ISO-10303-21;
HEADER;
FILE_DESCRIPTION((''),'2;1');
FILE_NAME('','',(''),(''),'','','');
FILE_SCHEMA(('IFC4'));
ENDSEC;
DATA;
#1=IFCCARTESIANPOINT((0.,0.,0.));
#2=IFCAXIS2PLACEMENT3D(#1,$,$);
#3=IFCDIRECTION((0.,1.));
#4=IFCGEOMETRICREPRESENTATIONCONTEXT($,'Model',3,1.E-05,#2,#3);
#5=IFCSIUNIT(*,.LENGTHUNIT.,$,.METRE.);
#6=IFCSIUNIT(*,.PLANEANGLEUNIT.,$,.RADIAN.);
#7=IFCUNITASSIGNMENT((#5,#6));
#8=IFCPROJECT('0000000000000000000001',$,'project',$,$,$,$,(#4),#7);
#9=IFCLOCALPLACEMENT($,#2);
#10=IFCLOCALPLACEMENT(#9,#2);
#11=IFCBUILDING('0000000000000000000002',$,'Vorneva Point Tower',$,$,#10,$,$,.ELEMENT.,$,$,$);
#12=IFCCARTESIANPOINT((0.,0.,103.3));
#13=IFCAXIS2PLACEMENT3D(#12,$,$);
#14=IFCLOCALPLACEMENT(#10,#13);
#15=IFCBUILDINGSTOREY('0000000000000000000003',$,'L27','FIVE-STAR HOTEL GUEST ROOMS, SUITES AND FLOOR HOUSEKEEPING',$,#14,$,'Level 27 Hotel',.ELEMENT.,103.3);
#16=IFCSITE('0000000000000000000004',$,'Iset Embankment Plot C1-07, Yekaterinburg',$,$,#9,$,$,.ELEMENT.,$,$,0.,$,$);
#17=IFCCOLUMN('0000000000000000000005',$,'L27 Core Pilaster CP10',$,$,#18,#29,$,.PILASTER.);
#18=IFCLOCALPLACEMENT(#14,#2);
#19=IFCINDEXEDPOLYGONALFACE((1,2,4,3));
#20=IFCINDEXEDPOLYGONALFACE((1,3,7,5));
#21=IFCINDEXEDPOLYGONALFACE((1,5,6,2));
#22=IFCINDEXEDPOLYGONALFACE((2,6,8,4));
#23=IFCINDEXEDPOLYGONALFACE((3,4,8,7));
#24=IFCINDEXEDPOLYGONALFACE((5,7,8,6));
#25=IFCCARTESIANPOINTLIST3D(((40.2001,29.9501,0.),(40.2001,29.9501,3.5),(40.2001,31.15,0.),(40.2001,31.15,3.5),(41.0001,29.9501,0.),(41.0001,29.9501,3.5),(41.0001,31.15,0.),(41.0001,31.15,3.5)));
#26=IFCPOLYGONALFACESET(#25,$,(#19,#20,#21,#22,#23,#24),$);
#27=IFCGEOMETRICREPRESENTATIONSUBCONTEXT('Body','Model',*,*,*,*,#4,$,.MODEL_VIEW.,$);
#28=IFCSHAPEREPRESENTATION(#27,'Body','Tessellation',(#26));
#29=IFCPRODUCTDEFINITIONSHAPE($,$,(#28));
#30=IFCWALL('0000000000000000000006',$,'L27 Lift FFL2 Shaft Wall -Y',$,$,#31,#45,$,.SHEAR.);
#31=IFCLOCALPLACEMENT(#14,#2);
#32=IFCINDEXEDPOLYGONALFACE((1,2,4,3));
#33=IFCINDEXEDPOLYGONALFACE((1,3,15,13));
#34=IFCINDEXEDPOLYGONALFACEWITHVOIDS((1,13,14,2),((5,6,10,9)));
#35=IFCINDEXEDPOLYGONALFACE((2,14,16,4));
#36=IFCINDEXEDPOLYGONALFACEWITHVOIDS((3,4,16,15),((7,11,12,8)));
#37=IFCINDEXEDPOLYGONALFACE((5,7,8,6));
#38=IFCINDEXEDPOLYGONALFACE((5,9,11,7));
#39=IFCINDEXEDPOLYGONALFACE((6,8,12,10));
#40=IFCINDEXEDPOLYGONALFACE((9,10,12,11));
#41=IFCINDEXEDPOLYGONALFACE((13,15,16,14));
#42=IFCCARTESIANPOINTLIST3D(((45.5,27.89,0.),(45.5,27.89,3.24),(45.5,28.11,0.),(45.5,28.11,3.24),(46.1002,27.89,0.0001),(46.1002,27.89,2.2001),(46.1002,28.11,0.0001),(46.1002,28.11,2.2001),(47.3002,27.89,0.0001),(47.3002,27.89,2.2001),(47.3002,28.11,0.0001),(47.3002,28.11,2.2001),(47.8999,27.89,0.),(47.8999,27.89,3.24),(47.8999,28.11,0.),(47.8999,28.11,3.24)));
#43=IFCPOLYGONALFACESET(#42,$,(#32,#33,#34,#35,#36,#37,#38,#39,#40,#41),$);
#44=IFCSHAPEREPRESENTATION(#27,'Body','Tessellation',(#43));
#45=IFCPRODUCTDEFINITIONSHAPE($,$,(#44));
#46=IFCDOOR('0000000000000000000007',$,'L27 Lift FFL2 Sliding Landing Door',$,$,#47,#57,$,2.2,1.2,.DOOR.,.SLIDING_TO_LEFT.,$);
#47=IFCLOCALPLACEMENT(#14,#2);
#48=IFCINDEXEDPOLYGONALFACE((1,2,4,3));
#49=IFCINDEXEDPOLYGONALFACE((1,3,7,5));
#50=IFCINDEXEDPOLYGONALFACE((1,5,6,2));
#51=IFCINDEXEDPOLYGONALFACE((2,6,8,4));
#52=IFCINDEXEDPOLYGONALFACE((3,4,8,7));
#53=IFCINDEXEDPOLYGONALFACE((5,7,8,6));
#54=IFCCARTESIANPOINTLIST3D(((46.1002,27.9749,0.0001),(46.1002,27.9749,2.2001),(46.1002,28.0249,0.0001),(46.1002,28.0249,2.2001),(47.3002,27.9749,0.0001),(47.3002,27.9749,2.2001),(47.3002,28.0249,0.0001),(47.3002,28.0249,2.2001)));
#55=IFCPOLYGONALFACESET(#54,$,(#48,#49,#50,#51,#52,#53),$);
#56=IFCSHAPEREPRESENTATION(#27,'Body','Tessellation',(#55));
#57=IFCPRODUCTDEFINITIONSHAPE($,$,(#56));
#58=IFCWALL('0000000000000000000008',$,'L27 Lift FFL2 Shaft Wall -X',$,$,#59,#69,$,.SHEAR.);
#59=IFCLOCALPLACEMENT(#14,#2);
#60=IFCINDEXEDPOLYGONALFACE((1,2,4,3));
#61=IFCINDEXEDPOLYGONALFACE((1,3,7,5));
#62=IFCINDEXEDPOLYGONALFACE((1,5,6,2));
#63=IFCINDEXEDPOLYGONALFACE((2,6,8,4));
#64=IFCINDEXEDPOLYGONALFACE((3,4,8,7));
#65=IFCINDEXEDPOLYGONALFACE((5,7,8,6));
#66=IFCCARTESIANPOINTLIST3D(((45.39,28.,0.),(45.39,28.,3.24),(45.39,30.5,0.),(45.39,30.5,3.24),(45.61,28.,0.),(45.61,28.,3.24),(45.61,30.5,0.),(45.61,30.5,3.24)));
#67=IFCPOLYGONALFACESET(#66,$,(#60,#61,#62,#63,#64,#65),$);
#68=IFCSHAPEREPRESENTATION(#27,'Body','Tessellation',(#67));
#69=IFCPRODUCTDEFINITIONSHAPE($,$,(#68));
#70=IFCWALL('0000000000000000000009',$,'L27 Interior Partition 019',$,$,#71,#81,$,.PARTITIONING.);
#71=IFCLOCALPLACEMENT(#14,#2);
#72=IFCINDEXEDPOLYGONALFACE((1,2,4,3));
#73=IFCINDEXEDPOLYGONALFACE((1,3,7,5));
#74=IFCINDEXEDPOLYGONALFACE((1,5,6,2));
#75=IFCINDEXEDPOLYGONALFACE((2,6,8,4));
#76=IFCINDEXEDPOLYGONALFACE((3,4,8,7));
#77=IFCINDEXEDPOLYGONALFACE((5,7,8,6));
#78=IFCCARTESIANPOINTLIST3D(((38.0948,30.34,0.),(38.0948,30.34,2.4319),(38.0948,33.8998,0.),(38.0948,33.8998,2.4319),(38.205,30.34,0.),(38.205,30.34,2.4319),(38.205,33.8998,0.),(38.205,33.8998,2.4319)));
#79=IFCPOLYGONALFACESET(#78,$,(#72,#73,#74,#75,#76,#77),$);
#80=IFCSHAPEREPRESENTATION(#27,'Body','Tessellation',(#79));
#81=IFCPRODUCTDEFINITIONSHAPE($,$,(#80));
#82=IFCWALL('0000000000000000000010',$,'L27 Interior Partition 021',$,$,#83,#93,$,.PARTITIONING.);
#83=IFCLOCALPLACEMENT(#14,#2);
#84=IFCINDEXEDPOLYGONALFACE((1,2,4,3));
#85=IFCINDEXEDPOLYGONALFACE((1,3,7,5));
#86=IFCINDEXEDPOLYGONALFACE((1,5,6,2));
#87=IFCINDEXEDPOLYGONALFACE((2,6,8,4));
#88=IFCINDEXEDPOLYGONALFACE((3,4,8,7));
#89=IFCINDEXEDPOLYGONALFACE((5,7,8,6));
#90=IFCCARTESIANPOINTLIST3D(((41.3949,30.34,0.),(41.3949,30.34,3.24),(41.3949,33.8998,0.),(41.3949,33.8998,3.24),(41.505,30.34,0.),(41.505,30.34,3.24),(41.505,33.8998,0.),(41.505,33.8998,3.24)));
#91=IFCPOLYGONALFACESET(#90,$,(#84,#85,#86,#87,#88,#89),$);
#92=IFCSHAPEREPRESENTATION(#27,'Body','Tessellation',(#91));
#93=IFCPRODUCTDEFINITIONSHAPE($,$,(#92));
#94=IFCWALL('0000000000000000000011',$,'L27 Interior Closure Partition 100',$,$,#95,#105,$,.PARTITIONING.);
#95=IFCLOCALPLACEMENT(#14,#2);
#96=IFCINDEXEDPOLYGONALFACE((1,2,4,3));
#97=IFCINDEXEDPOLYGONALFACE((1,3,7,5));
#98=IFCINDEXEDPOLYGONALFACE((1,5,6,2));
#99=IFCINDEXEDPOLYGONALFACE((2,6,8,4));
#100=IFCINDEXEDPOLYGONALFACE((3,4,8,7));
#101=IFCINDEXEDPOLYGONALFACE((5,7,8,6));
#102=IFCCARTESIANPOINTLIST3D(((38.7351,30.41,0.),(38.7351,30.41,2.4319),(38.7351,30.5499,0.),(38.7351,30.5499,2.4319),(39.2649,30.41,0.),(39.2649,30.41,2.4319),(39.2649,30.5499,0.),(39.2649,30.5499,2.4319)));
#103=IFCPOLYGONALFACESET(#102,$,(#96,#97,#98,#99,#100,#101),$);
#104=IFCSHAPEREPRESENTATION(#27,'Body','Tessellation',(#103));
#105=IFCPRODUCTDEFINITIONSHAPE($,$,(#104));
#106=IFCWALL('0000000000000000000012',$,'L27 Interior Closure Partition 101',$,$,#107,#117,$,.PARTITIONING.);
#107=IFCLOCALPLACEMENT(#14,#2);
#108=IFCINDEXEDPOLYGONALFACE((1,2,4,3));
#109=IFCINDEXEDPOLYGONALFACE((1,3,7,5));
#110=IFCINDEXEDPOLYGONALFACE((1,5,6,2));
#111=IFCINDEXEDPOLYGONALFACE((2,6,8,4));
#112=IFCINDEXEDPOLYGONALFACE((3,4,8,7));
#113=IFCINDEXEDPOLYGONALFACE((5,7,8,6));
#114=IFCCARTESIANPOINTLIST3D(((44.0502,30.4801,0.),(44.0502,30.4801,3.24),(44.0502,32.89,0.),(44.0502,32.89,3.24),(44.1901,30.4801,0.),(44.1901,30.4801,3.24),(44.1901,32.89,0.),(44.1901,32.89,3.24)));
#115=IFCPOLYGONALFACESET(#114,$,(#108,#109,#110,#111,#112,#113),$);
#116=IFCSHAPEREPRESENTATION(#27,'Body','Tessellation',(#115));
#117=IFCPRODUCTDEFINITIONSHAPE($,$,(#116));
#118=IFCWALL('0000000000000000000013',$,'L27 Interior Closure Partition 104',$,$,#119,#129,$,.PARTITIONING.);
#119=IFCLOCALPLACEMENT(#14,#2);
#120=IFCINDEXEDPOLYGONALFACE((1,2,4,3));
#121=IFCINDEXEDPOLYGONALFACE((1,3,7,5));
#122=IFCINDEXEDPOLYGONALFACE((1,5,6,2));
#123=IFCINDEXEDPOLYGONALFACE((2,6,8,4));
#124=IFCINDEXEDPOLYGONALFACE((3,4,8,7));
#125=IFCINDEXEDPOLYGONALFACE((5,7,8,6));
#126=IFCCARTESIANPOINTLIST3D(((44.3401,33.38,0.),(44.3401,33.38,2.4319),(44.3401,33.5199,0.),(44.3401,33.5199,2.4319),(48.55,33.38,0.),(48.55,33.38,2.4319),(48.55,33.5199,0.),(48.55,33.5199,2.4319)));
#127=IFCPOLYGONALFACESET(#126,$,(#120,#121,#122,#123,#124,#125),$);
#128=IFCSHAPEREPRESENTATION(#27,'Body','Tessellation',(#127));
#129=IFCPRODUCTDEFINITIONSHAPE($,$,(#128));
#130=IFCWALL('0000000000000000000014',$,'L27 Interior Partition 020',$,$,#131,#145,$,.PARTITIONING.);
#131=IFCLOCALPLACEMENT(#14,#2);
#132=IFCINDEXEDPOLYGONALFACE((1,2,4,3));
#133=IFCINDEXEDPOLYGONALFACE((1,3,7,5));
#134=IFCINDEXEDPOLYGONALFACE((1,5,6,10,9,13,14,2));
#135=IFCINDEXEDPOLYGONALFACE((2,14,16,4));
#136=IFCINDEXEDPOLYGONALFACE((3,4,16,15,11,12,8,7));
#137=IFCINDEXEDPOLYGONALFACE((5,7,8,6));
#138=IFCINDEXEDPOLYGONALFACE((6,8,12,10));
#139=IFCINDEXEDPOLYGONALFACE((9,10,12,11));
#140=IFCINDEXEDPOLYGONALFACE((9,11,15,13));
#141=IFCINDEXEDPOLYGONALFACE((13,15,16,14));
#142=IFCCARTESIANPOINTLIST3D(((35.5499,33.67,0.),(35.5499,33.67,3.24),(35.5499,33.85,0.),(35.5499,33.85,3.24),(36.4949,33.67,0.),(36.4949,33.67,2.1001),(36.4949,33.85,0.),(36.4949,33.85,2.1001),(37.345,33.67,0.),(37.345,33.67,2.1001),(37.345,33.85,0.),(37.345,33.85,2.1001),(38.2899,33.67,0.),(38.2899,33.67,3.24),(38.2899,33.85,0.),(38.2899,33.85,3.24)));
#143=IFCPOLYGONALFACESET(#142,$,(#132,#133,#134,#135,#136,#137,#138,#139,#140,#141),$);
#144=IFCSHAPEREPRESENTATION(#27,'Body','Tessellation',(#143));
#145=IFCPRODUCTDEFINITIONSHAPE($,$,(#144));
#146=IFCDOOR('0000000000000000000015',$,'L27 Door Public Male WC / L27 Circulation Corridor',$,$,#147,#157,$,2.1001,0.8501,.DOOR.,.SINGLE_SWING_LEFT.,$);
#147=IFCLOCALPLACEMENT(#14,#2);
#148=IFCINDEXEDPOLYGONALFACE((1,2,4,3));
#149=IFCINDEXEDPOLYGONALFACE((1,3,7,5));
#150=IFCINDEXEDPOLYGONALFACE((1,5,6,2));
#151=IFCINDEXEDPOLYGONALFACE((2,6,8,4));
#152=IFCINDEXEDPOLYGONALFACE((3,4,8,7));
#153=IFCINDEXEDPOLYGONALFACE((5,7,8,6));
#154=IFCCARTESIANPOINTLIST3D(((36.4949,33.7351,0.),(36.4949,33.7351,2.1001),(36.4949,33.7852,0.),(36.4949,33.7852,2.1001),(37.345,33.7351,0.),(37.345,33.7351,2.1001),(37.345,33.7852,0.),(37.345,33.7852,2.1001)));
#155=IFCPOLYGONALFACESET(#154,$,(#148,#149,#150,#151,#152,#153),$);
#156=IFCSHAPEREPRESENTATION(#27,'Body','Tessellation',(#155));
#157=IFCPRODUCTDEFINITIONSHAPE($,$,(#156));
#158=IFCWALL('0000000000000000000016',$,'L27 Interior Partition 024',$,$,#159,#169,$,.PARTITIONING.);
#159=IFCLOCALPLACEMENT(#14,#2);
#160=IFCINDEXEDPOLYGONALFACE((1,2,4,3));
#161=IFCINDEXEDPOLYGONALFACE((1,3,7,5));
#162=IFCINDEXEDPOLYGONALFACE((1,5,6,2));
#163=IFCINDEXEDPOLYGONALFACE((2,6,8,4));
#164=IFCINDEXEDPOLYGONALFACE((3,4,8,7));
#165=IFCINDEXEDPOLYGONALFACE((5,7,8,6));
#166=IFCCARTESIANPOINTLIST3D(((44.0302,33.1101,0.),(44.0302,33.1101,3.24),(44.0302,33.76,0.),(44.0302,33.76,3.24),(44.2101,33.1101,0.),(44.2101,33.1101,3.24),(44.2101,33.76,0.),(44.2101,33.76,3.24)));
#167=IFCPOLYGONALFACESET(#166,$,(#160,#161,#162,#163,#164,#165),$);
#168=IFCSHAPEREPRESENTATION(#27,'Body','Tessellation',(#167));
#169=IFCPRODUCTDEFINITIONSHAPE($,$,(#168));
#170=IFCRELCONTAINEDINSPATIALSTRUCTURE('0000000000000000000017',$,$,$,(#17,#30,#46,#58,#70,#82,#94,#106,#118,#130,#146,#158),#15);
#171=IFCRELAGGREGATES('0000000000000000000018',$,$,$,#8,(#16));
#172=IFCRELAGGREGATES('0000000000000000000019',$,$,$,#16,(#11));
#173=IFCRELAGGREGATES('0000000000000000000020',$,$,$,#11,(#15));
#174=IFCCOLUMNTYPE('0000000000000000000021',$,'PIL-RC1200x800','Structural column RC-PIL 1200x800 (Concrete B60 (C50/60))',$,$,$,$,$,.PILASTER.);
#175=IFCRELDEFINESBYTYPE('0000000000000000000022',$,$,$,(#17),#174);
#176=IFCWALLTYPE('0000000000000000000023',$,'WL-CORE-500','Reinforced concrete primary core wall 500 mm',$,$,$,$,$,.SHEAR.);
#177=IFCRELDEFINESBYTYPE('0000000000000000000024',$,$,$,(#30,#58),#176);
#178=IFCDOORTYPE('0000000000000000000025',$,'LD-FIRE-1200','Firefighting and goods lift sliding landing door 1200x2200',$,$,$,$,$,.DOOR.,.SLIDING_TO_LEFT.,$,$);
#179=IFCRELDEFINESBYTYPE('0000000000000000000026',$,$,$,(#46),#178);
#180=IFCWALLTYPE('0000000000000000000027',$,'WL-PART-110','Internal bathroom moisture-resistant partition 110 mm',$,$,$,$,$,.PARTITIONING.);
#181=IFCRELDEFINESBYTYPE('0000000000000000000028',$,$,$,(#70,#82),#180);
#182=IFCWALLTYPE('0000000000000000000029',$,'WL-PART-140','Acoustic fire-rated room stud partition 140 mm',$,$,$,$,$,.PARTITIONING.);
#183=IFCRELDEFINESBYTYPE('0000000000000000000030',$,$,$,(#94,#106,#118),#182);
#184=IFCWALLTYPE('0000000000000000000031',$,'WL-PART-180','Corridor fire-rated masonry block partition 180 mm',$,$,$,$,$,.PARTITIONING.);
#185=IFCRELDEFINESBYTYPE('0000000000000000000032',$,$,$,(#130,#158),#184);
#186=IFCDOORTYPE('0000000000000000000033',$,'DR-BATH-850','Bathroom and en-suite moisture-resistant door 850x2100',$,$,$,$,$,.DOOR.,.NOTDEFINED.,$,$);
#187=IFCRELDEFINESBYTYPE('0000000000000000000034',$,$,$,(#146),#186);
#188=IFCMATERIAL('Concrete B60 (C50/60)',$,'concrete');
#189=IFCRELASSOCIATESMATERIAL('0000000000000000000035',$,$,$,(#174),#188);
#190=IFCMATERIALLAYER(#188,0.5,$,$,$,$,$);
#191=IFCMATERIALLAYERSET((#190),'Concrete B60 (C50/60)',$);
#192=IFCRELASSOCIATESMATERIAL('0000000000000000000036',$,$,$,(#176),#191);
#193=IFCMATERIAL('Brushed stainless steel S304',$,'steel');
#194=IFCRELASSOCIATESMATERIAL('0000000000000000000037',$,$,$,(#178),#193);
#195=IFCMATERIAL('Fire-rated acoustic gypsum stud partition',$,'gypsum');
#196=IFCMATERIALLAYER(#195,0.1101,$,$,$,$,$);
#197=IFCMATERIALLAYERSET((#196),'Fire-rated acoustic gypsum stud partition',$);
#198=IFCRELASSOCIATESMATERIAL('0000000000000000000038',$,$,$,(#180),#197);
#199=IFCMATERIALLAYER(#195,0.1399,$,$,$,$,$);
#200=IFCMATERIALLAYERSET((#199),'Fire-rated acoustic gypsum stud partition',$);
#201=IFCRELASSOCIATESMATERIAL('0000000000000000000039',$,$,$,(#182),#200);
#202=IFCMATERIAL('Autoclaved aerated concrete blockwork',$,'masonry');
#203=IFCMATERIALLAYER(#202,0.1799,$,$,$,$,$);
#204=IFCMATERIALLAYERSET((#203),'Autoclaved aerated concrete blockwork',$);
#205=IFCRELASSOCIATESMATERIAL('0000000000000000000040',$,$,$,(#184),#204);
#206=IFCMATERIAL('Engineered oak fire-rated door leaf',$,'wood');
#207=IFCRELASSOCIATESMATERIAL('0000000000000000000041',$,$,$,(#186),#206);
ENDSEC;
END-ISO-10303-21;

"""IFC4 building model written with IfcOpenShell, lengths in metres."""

from ifc_helpers import new_model, si_unit, direction, frame, frame_2d, origin, origin_2d, place, context, subcontext, project, spatial, rectangle, extrude, material, layer, layer_set, material_profile, profile_set, type_object, element, fill, save


model = new_model("IFC4")

# Units and contexts
model_context = context("Model", 3, precision=1e-05, world=origin(), true_north=direction((0.0, 1.0)))
body_context = subcontext(model_context, "Body", "Model", "MODEL_VIEW")
ifc_project = project(units=[si_unit("LENGTHUNIT", "METRE"), si_unit("PLANEANGLEUNIT", "RADIAN")], contexts=[model_context])

# Site, building, storey
site_placement = place(None, origin())
site = spatial("IfcSite", under=ifc_project, at=site_placement, Name="Iset Embankment Plot C1-07, Yekaterinburg", CompositionType="ELEMENT", RefElevation=0.0)
building_placement = place(site_placement, origin())
building = spatial("IfcBuilding", under=site, at=building_placement, Name="Vorneva Point Tower", CompositionType="ELEMENT")
storey_placement = place(building_placement, frame((0.0, 0.0, 103.3)))
storey = spatial("IfcBuildingStorey", under=building, at=storey_placement, Name="L27", Description="FIVE-STAR HOTEL GUEST ROOMS, SUITES AND FLOOR HOUSEKEEPING", LongName="Level 27 Hotel", CompositionType="ELEMENT", Elevation=103.3)

# Column
ifc_material_1 = material(Name="Concrete B60 (C50/60)", Category="concrete")
ifc_material_profile = material_profile(ifc_material_1, rectangle(XDim=0.8, YDim=1.2, at=origin_2d()), Name="RC-PIL 1200x800")
ifc_profile_set = profile_set([ifc_material_profile], Name="Concrete B60 (C50/60)")
column_type = type_object("IfcColumnType", Name="PIL-RC1200x800", Description="Structural column RC-PIL 1200x800 (Concrete B60 (C50/60))", PredefinedType="PILASTER", material=ifc_profile_set)
column_placement = place(storey_placement, frame((40.6001, 30.55, 0.0), z_axis=(0.0, 0.0, 1.0), x_axis=(1.0, 0.0, 0.0)))
element("IfcColumn", 1, at=column_placement, inside=storey, type_object=column_type, Name="L27 Core Pilaster CP10", PredefinedType="PILASTER", context=body_context, shape_type="SweptSolid", body=[
    extrude(rectangle(XDim=0.8, YDim=1.2, at=origin_2d()), origin(), (0.0, 0.0, 1.0), 3.5),
])

# Wall, opening, door
ifc_layer_1 = layer(ifc_material_1, 0.5)
ifc_layer_set_1 = layer_set([ifc_layer_1], Name="Concrete B60 (C50/60)")
wall_type_1 = type_object("IfcWallType", Name="WL-CORE-500", Description="Reinforced concrete primary core wall 500 mm", PredefinedType="SHEAR", material=ifc_layer_set_1)
wall_1_placement = place(storey_placement, frame((45.5, 28.0, 0.0), z_axis=(0.0, 0.0, 1.0), x_axis=(1.0, 0.0, 0.0)))
wall_1 = element("IfcWall", 2, at=wall_1_placement, inside=storey, type_object=wall_type_1, Name="L27 Lift FFL2 Shaft Wall -Y", PredefinedType="SHEAR", context=body_context, shape_type="SweptSolid", body=[
    extrude(rectangle(XDim=2.3999, YDim=0.22, at=frame_2d((1.2, 0.0))), origin(), (0.0, 0.0, 1.0), 3.24),
])
opening_1_placement = place(wall_1_placement, frame((0.6001, 0.0, 0.0)))
opening_1 = element("IfcOpeningElement", 3, at=opening_1_placement, cuts=wall_1, PredefinedType="OPENING", context=body_context, shape_type="SweptSolid", body=[
    extrude(rectangle(XDim=1.2, YDim=2.2, at=frame_2d((0.6001, 1.1001))), frame((0.0, 0.125, 0.0), z_axis=(0.0, -1.0, 0.0), x_axis=(1.0, 0.0, 0.0)), (0.0, 0.0, 1.0), 0.2498),
])
ifc_material_2 = material(Name="Brushed stainless steel S304", Category="steel")
door_type_1 = type_object("IfcDoorType", Name="LD-FIRE-1200", Description="Firefighting and goods lift sliding landing door 1200x2200", OperationType="SLIDING_TO_LEFT", PredefinedType="DOOR", material=ifc_material_2)
door_1_placement = place(opening_1_placement, origin())
door_1 = element("IfcDoor", 4, at=door_1_placement, inside=storey, type_object=door_type_1, Name="L27 Lift FFL2 Sliding Landing Door", OperationType="SLIDING_TO_LEFT", OverallHeight=2.2, OverallWidth=1.2, PredefinedType="DOOR", context=body_context, shape_type="SweptSolid", body=[
    extrude(rectangle(XDim=1.2, YDim=2.2, at=frame_2d((0.6001, 1.1001))), frame((0.0, 0.0249, 0.0), z_axis=(0.0, -1.0, 0.0), x_axis=(1.0, 0.0, 0.0)), (0.0, 0.0, 1.0), 0.05),
])
fill(opening_1, door_1)

# Walls
wall_2_placement = place(storey_placement, frame((45.5, 30.5, 0.0), z_axis=(0.0, 0.0, 1.0), x_axis=(0.0, -1.0, 0.0)))
element("IfcWall", 5, at=wall_2_placement, inside=storey, type_object=wall_type_1, Name="L27 Lift FFL2 Shaft Wall -X", PredefinedType="SHEAR", context=body_context, shape_type="SweptSolid", body=[
    extrude(rectangle(XDim=2.5, YDim=0.22, at=frame_2d((1.25, 0.0))), origin(), (0.0, 0.0, 1.0), 3.24),
])
ifc_material_3 = material(Name="Fire-rated acoustic gypsum stud partition", Category="gypsum")
ifc_layer_2 = layer(ifc_material_3, 0.1101)
ifc_layer_set_2 = layer_set([ifc_layer_2], Name="Fire-rated acoustic gypsum stud partition")
wall_type_2 = type_object("IfcWallType", Name="WL-PART-110", Description="Internal bathroom moisture-resistant partition 110 mm", PredefinedType="PARTITIONING", material=ifc_layer_set_2)
wall_3_placement = place(storey_placement, frame((38.1499, 30.3401, 0.0), z_axis=(0.0, 0.0, 1.0), x_axis=(0.0, 1.0, 0.0)))
element("IfcWall", 6, at=wall_3_placement, inside=storey, type_object=wall_type_2, Name="L27 Interior Partition 019", PredefinedType="PARTITIONING", context=body_context, shape_type="SweptSolid", body=[
    extrude(rectangle(XDim=3.5598, YDim=0.1101, at=frame_2d((1.7798, 0.0))), origin(), (0.0, 0.0, 1.0), 2.4319),
])
wall_4_placement = place(storey_placement, frame((41.45, 30.3401, 0.0), z_axis=(0.0, 0.0, 1.0), x_axis=(0.0, 1.0, 0.0)))
element("IfcWall", 7, at=wall_4_placement, inside=storey, type_object=wall_type_2, Name="L27 Interior Partition 021", PredefinedType="PARTITIONING", context=body_context, shape_type="SweptSolid", body=[
    extrude(rectangle(XDim=3.5598, YDim=0.1101, at=frame_2d((1.7798, 0.0))), origin(), (0.0, 0.0, 1.0), 3.24),
])
ifc_layer_3 = layer(ifc_material_3, 0.1399)
ifc_layer_set_3 = layer_set([ifc_layer_3], Name="Fire-rated acoustic gypsum stud partition")
wall_type_3 = type_object("IfcWallType", Name="WL-PART-140", Description="Acoustic fire-rated room stud partition 140 mm", PredefinedType="PARTITIONING", material=ifc_layer_set_3)
wall_5_placement = place(storey_placement, frame((38.7351, 30.48, 0.0), z_axis=(0.0, 0.0, 1.0), x_axis=(1.0, 0.0, 0.0)))
element("IfcWall", 8, at=wall_5_placement, inside=storey, type_object=wall_type_3, Name="L27 Interior Closure Partition 100", PredefinedType="PARTITIONING", context=body_context, shape_type="SweptSolid", body=[
    extrude(rectangle(XDim=0.5298, YDim=0.1399, at=frame_2d((0.2649, 0.0))), origin(), (0.0, 0.0, 1.0), 2.4319),
])
wall_6_placement = place(storey_placement, frame((44.1201, 30.48, 0.0), z_axis=(0.0, 0.0, 1.0), x_axis=(0.0, 1.0, 0.0)))
element("IfcWall", 9, at=wall_6_placement, inside=storey, type_object=wall_type_3, Name="L27 Interior Closure Partition 101", PredefinedType="PARTITIONING", context=body_context, shape_type="SweptSolid", body=[
    extrude(rectangle(XDim=2.4099, YDim=0.1399, at=frame_2d((1.2051, 0.0))), origin(), (0.0, 0.0, 1.0), 3.24),
])
wall_7_placement = place(storey_placement, frame((44.3401, 33.45, 0.0), z_axis=(0.0, 0.0, 1.0), x_axis=(1.0, 0.0, 0.0)))
element("IfcWall", 10, at=wall_7_placement, inside=storey, type_object=wall_type_3, Name="L27 Interior Closure Partition 104", PredefinedType="PARTITIONING", context=body_context, shape_type="SweptSolid", body=[
    extrude(rectangle(XDim=4.21, YDim=0.1399, at=frame_2d((2.105, 0.0))), origin(), (0.0, 0.0, 1.0), 2.4319),
])

# Wall, opening, door
ifc_material_4 = material(Name="Autoclaved aerated concrete blockwork", Category="masonry")
ifc_layer_4 = layer(ifc_material_4, 0.1799)
ifc_layer_set_4 = layer_set([ifc_layer_4], Name="Autoclaved aerated concrete blockwork")
wall_type_4 = type_object("IfcWallType", Name="WL-PART-180", Description="Corridor fire-rated masonry block partition 180 mm", PredefinedType="PARTITIONING", material=ifc_layer_set_4)
wall_8_placement = place(storey_placement, frame((38.29, 33.76, 0.0), z_axis=(0.0, 0.0, 1.0), x_axis=(-1.0, 0.0, 0.0)))
wall_8 = element("IfcWall", 11, at=wall_8_placement, inside=storey, type_object=wall_type_4, Name="L27 Interior Partition 020", PredefinedType="PARTITIONING", context=body_context, shape_type="SweptSolid", body=[
    extrude(rectangle(XDim=2.74, YDim=0.1799, at=frame_2d((1.3701, 0.0))), origin(), (0.0, 0.0, 1.0), 3.24),
])
opening_2_placement = place(wall_8_placement, frame((0.9451, 0.0, 0.0)))
opening_2 = element("IfcOpeningElement", 12, at=opening_2_placement, cuts=wall_8, PredefinedType="OPENING", context=body_context, shape_type="SweptSolid", body=[
    extrude(rectangle(XDim=0.8501, YDim=2.1001, at=frame_2d((0.425, 1.05))), frame((0.0, 0.105, 0.0), z_axis=(0.0, -1.0, 0.0), x_axis=(1.0, 0.0, 0.0)), (0.0, 0.0, 1.0), 0.2097),
])
ifc_material_5 = material(Name="Engineered oak fire-rated door leaf", Category="wood")
door_type_2 = type_object("IfcDoorType", Name="DR-BATH-850", Description="Bathroom and en-suite moisture-resistant door 850x2100", OperationType="NOTDEFINED", PredefinedType="DOOR", material=ifc_material_5)
door_2_placement = place(opening_2_placement, origin())
door_2 = element("IfcDoor", 13, at=door_2_placement, inside=storey, type_object=door_type_2, Name="L27 Door Public Male WC / L27 Circulation Corridor", OperationType="SINGLE_SWING_LEFT", OverallHeight=2.1001, OverallWidth=0.8501, PredefinedType="DOOR", context=body_context, shape_type="SweptSolid", body=[
    extrude(rectangle(XDim=0.8501, YDim=2.1001, at=frame_2d((0.425, 1.05))), frame((0.0, 0.0249, 0.0), z_axis=(0.0, -1.0, 0.0), x_axis=(1.0, 0.0, 0.0)), (0.0, 0.0, 1.0), 0.05),
])
fill(opening_2, door_2)

# Wall
wall_9_placement = place(storey_placement, frame((44.1201, 33.1101, 0.0), z_axis=(0.0, 0.0, 1.0), x_axis=(0.0, 1.0, 0.0)))
element("IfcWall", 14, at=wall_9_placement, inside=storey, type_object=wall_type_4, Name="L27 Interior Partition 024", PredefinedType="PARTITIONING", context=body_context, shape_type="SweptSolid", body=[
    extrude(rectangle(XDim=0.6499, YDim=0.1799, at=frame_2d((0.325, 0.0))), origin(), (0.0, 0.0, 1.0), 3.24),
])

save(model, "model.ifc")
